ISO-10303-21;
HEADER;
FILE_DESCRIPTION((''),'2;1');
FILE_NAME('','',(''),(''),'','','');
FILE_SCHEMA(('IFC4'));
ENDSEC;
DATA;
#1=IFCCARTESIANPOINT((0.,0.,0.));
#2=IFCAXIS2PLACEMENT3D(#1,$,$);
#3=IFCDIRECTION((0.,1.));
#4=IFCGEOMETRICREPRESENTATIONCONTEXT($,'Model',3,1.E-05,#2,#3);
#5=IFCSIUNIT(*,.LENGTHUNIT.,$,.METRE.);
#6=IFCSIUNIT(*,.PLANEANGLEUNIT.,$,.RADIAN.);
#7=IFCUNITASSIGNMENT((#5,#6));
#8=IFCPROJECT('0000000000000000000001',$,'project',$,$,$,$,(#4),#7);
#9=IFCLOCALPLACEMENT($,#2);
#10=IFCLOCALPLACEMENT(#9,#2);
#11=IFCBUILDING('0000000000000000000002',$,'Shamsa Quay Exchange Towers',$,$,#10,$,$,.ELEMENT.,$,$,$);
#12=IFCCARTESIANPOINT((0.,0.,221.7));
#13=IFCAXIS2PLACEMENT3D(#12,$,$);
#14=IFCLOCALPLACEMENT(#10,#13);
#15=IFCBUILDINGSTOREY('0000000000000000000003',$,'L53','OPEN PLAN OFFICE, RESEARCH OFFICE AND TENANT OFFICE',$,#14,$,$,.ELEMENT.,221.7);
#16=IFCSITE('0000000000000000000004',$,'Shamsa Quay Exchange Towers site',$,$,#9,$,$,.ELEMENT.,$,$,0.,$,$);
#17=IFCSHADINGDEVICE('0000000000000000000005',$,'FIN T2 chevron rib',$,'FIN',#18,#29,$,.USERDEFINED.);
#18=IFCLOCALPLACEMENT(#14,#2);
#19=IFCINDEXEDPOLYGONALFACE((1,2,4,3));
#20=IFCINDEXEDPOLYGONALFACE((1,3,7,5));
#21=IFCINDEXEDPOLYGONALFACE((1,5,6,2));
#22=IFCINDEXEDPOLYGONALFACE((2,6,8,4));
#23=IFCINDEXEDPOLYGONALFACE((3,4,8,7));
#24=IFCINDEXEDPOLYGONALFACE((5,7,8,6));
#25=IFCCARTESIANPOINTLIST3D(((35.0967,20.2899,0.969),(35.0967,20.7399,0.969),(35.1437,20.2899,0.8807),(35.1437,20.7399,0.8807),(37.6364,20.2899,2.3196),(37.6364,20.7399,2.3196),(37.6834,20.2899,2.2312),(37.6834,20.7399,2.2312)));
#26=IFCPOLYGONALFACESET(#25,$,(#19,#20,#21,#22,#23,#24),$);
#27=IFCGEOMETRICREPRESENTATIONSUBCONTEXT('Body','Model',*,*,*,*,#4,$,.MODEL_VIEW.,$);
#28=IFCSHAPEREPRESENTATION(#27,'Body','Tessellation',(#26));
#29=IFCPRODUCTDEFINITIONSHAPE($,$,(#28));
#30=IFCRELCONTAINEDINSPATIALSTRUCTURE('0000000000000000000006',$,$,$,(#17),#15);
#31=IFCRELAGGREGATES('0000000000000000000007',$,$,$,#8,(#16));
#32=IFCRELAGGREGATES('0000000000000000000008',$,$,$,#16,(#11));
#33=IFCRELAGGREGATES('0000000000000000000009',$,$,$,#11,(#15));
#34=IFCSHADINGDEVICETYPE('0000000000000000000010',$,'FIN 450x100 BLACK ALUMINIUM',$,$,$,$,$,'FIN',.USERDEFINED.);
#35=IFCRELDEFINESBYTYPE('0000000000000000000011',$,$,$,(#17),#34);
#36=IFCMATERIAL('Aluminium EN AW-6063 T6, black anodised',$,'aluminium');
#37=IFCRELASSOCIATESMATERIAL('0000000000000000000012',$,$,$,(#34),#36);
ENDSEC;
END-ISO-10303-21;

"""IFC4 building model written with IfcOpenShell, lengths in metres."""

from ifc_helpers import new_model, si_unit, direction, frame, origin, origin_2d, place, context, subcontext, project, spatial, rectangle, extrude, material, material_profile, profile_set, type_object, element, save


model = new_model("IFC4")

# Units and contexts
model_context = context("Model", 3, precision=1e-05, world=origin(), true_north=direction((0.0, 1.0)))
body_context = subcontext(model_context, "Body", "Model", "MODEL_VIEW")
ifc_project = project(units=[si_unit("LENGTHUNIT", "METRE"), si_unit("PLANEANGLEUNIT", "RADIAN")], contexts=[model_context])

# Site, building, storey
site_placement = place(None, origin())
site = spatial("IfcSite", under=ifc_project, at=site_placement, Name="Shamsa Quay Exchange Towers site", CompositionType="ELEMENT", RefElevation=0.0)
building_placement = place(site_placement, origin())
building = spatial("IfcBuilding", under=site, at=building_placement, Name="Shamsa Quay Exchange Towers", CompositionType="ELEMENT")
storey_placement = place(building_placement, frame((0.0, 0.0, 221.7)))
storey = spatial("IfcBuildingStorey", under=building, at=storey_placement, Name="L53", Description="OPEN PLAN OFFICE, RESEARCH OFFICE AND TENANT OFFICE", CompositionType="ELEMENT", Elevation=221.7)

# Shared definitions
ifc_material_1 = material(Name="Aluminium EN AW-6063 T6, black anodised", Category="aluminium")

# Shading device
ifc_material_profile_1 = material_profile(ifc_material_1, rectangle(XDim=0.45, YDim=0.1001, at=origin_2d()), Name="FIN450x100")
ifc_profile_set_1 = profile_set([ifc_material_profile_1], Name="Aluminium EN AW-6063 T6, black anodised")
shading_device_type = type_object("IfcShadingDeviceType", Name="FIN 450x100 BLACK ALUMINIUM", ElementType="FIN", PredefinedType="USERDEFINED", material=ifc_profile_set_1)
shading_device_1_placement = place(storey_placement, frame((37.6599, 20.5149, 2.2754), z_axis=(-0.882926, 0.0, -0.469513), x_axis=(0.0, -1.0, 0.0)))
element("IfcShadingDevice", 1, at=shading_device_1_placement, inside=storey, type_object=shading_device_type, Name="FIN T2 chevron rib", ObjectType="FIN", PredefinedType="USERDEFINED", context=body_context, shape_type="SweptSolid", body=[
    extrude(rectangle(XDim=0.45, YDim=0.1001, at=origin_2d()), origin(), (0.0, 0.0, 1.0), 2.8765),
])

save(model, "model.ifc")
